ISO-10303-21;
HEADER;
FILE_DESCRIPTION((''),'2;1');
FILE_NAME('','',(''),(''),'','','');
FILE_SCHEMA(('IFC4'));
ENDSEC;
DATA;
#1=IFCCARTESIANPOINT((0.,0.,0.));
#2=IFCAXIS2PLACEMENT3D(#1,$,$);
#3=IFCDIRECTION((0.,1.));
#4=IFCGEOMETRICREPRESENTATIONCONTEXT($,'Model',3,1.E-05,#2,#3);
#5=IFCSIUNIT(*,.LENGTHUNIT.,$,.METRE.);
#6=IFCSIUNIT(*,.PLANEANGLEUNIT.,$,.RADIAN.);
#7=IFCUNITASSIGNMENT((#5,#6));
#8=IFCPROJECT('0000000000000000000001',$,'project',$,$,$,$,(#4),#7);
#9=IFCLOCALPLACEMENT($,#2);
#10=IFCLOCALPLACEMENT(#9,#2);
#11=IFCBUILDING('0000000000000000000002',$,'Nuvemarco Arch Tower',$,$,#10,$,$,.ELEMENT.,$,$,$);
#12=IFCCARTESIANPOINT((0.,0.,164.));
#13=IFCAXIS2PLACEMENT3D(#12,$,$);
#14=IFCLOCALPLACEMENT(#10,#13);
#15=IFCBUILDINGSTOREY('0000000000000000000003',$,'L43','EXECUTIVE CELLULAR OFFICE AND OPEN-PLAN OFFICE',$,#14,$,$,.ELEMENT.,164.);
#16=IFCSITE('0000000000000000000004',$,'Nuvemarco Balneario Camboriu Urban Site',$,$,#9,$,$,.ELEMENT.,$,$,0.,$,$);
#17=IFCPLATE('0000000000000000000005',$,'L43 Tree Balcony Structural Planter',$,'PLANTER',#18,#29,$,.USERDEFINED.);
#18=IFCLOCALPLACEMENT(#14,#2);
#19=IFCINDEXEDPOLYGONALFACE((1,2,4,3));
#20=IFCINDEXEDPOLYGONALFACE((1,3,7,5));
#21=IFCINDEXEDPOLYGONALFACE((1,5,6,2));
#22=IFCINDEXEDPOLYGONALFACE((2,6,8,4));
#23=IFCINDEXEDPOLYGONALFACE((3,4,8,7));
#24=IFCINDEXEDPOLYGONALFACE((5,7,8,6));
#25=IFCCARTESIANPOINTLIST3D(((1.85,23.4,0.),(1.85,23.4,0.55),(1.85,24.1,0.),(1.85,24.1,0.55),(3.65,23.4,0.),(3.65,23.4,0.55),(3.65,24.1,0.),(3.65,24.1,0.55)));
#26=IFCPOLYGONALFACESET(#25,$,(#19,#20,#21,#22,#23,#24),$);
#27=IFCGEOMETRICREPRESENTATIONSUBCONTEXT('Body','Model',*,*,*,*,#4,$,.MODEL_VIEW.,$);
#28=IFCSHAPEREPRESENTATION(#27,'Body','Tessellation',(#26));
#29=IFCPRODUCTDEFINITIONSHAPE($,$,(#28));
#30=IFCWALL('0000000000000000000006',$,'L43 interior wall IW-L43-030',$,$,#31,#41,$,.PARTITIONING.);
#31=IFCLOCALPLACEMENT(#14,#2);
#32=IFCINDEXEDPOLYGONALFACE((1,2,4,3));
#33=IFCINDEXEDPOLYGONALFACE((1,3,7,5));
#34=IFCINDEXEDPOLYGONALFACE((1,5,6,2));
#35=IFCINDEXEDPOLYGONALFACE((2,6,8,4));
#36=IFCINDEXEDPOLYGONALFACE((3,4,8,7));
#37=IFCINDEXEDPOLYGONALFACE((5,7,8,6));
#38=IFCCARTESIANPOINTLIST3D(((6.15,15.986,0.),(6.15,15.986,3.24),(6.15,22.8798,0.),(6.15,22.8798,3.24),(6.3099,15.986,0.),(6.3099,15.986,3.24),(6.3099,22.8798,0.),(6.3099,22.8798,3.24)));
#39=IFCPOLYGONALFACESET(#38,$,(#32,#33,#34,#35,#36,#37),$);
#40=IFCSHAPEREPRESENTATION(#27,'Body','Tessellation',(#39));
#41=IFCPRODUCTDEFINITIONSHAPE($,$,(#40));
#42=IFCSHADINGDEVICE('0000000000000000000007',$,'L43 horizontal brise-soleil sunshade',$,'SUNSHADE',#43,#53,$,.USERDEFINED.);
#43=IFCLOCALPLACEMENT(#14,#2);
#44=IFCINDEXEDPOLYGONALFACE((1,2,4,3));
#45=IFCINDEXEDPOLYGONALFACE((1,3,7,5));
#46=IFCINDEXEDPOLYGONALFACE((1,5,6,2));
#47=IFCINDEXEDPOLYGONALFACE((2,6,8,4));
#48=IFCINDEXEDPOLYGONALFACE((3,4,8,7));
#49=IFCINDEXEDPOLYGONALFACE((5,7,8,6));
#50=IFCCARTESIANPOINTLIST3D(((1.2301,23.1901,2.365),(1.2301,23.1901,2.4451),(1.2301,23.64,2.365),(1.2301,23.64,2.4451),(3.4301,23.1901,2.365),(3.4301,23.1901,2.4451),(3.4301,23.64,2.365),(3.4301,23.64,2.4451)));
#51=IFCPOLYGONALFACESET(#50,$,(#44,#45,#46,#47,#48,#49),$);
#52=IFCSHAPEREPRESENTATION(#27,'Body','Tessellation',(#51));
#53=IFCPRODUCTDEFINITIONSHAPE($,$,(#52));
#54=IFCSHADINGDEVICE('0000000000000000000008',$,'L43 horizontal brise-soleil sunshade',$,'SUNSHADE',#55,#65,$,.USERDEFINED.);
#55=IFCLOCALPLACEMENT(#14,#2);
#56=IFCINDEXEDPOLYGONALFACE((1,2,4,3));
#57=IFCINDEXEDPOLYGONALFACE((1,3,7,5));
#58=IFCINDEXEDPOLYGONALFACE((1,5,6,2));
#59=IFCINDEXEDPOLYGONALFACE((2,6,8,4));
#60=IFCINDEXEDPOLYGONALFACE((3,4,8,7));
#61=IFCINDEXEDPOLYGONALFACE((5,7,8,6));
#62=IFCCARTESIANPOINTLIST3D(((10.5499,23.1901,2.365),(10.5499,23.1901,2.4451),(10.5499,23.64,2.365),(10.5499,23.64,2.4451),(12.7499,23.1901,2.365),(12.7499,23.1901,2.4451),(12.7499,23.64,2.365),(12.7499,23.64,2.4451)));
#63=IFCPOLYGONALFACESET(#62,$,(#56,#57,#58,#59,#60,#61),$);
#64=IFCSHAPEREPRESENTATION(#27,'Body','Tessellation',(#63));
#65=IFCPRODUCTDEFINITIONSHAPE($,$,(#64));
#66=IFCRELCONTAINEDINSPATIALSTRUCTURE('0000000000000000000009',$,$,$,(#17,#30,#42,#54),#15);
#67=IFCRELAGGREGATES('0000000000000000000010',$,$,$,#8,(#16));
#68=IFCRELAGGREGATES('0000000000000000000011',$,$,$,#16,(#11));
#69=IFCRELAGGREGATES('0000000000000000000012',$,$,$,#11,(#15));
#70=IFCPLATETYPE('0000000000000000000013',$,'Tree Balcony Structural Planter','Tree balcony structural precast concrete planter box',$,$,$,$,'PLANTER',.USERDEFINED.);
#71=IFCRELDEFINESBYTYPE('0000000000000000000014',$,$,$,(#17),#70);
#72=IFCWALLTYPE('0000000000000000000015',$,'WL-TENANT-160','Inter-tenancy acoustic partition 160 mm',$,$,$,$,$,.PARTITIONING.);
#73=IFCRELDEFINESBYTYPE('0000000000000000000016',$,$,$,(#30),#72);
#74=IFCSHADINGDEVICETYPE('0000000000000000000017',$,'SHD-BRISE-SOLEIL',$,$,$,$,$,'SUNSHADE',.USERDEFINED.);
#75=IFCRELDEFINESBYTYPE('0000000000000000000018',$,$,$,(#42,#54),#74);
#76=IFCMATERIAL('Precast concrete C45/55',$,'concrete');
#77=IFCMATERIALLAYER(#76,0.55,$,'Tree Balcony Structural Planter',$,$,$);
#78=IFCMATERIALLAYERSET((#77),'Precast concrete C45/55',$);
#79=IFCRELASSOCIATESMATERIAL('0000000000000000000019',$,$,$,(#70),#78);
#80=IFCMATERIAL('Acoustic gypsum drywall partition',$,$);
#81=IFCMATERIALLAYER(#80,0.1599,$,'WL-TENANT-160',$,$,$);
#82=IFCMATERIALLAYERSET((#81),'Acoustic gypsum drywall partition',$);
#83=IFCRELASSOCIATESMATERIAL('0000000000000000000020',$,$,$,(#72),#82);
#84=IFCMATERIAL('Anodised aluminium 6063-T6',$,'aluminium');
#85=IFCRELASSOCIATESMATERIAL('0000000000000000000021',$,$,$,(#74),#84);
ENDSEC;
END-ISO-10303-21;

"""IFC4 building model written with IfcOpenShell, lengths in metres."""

from ifc_helpers import new_model, si_unit, direction, frame, frame_2d, origin, origin_2d, place, context, subcontext, project, spatial, rectangle, extrude, source, transform, mapped, material, layer, layer_set, type_object, type_shapes, element, save


model = new_model("IFC4")

# Units and contexts
model_context = context("Model", 3, precision=1e-05, world=origin(), true_north=direction((0.0, 1.0)))
body_context = subcontext(model_context, "Body", "Model", "MODEL_VIEW")
ifc_project = project(units=[si_unit("LENGTHUNIT", "METRE"), si_unit("PLANEANGLEUNIT", "RADIAN")], contexts=[model_context])

# Site, building, storey
site_placement = place(None, origin())
site = spatial("IfcSite", under=ifc_project, at=site_placement, Name="Nuvemarco Balneario Camboriu Urban Site", CompositionType="ELEMENT", RefElevation=0.0)
building_placement = place(site_placement, origin())
building = spatial("IfcBuilding", under=site, at=building_placement, Name="Nuvemarco Arch Tower", CompositionType="ELEMENT")
storey_placement = place(building_placement, frame((0.0, 0.0, 164.0)))
storey = spatial("IfcBuildingStorey", under=building, at=storey_placement, Name="L43", Description="EXECUTIVE CELLULAR OFFICE AND OPEN-PLAN OFFICE", CompositionType="ELEMENT", Elevation=164.0)

# Shared definitions
ifc_material_1 = material(Name="Precast concrete C45/55", Category="concrete")

# Plate
ifc_layer_1 = layer(ifc_material_1, 0.55, Name="Tree Balcony Structural Planter")
ifc_layer_set_1 = layer_set([ifc_layer_1], Name="Precast concrete C45/55")
plate_type_1 = type_object("IfcPlateType", Name="Tree Balcony Structural Planter", Description="Tree balcony structural precast concrete planter box", ElementType="PLANTER", PredefinedType="USERDEFINED", material=ifc_layer_set_1)
shared_shape_1 = source(origin(), body_context, "Body", "SweptSolid", [
    extrude(rectangle(XDim=1.8, YDim=0.7, at=origin_2d()), origin(), (0.0, 0.0, 1.0), 0.55),
])
type_shapes(plate_type_1, [shared_shape_1])
plate_placement = place(storey_placement, frame((2.75, 23.75, 0.0), z_axis=(0.0, 0.0, 1.0), x_axis=(1.0, 0.0, 0.0)))
element("IfcPlate", 1, at=plate_placement, inside=storey, type_object=plate_type_1, Name="L43 Tree Balcony Structural Planter", ObjectType="PLANTER", PredefinedType="USERDEFINED", context=body_context, shape_type="MappedRepresentation", body=[
    mapped(shared_shape_1, transform((0.0, 0.0, 0.0), scale=1.0)),
])

# Wall
ifc_material_2 = material(Name="Acoustic gypsum drywall partition")
ifc_layer_2 = layer(ifc_material_2, 0.1599, Name="WL-TENANT-160")
ifc_layer_set_2 = layer_set([ifc_layer_2], Name="Acoustic gypsum drywall partition")
wall_type = type_object("IfcWallType", Name="WL-TENANT-160", Description="Inter-tenancy acoustic partition 160 mm", PredefinedType="PARTITIONING", material=ifc_layer_set_2)
wall_placement = place(storey_placement, frame((6.23, 15.9861, 0.0), z_axis=(0.0, 0.0, 1.0), x_axis=(0.0, 1.0, 0.0)))
element("IfcWall", 2, at=wall_placement, inside=storey, type_object=wall_type, Name="L43 interior wall IW-L43-030", PredefinedType="PARTITIONING", context=body_context, shape_type="SweptSolid", body=[
    extrude(rectangle(XDim=6.8938, YDim=0.1599, at=frame_2d((3.4468, 0.0))), origin(), (0.0, 0.0, 1.0), 3.24),
])

# Shading devices
ifc_material_3 = material(Name="Anodised aluminium 6063-T6", Category="aluminium")
shading_device_type = type_object("IfcShadingDeviceType", Name="SHD-BRISE-SOLEIL", ElementType="SUNSHADE", PredefinedType="USERDEFINED", material=ifc_material_3)
shared_shape_2 = source(origin(), body_context, "Body", "SweptSolid", [
    extrude(rectangle(XDim=2.2, YDim=0.45, at=origin_2d()), origin(), (0.0, 0.0, 1.0), 0.0801),
])
type_shapes(shading_device_type, [shared_shape_2])
for number, where, z_axis, x_axis, name in (
    (3, (2.3301, 23.415, 2.365), (0.0, 0.0, 1.0), (1.0, 0.0, 0.0), "L43 horizontal brise-soleil sunshade"),
    (4, (11.6499, 23.415, 2.365), (0.0, 0.0, 1.0), (1.0, 0.0, 0.0), "L43 horizontal brise-soleil sunshade"),
):
    element("IfcShadingDevice", number, at=place(storey_placement, frame(where, z_axis=z_axis, x_axis=x_axis)), inside=storey, type_object=shading_device_type, Name=name, ObjectType="SUNSHADE", PredefinedType="USERDEFINED", context=body_context, shape_type="MappedRepresentation", body=[
        mapped(shared_shape_2, transform((0.0, 0.0, 0.0), scale=1.0)),
    ])

save(model, "model.ifc")
